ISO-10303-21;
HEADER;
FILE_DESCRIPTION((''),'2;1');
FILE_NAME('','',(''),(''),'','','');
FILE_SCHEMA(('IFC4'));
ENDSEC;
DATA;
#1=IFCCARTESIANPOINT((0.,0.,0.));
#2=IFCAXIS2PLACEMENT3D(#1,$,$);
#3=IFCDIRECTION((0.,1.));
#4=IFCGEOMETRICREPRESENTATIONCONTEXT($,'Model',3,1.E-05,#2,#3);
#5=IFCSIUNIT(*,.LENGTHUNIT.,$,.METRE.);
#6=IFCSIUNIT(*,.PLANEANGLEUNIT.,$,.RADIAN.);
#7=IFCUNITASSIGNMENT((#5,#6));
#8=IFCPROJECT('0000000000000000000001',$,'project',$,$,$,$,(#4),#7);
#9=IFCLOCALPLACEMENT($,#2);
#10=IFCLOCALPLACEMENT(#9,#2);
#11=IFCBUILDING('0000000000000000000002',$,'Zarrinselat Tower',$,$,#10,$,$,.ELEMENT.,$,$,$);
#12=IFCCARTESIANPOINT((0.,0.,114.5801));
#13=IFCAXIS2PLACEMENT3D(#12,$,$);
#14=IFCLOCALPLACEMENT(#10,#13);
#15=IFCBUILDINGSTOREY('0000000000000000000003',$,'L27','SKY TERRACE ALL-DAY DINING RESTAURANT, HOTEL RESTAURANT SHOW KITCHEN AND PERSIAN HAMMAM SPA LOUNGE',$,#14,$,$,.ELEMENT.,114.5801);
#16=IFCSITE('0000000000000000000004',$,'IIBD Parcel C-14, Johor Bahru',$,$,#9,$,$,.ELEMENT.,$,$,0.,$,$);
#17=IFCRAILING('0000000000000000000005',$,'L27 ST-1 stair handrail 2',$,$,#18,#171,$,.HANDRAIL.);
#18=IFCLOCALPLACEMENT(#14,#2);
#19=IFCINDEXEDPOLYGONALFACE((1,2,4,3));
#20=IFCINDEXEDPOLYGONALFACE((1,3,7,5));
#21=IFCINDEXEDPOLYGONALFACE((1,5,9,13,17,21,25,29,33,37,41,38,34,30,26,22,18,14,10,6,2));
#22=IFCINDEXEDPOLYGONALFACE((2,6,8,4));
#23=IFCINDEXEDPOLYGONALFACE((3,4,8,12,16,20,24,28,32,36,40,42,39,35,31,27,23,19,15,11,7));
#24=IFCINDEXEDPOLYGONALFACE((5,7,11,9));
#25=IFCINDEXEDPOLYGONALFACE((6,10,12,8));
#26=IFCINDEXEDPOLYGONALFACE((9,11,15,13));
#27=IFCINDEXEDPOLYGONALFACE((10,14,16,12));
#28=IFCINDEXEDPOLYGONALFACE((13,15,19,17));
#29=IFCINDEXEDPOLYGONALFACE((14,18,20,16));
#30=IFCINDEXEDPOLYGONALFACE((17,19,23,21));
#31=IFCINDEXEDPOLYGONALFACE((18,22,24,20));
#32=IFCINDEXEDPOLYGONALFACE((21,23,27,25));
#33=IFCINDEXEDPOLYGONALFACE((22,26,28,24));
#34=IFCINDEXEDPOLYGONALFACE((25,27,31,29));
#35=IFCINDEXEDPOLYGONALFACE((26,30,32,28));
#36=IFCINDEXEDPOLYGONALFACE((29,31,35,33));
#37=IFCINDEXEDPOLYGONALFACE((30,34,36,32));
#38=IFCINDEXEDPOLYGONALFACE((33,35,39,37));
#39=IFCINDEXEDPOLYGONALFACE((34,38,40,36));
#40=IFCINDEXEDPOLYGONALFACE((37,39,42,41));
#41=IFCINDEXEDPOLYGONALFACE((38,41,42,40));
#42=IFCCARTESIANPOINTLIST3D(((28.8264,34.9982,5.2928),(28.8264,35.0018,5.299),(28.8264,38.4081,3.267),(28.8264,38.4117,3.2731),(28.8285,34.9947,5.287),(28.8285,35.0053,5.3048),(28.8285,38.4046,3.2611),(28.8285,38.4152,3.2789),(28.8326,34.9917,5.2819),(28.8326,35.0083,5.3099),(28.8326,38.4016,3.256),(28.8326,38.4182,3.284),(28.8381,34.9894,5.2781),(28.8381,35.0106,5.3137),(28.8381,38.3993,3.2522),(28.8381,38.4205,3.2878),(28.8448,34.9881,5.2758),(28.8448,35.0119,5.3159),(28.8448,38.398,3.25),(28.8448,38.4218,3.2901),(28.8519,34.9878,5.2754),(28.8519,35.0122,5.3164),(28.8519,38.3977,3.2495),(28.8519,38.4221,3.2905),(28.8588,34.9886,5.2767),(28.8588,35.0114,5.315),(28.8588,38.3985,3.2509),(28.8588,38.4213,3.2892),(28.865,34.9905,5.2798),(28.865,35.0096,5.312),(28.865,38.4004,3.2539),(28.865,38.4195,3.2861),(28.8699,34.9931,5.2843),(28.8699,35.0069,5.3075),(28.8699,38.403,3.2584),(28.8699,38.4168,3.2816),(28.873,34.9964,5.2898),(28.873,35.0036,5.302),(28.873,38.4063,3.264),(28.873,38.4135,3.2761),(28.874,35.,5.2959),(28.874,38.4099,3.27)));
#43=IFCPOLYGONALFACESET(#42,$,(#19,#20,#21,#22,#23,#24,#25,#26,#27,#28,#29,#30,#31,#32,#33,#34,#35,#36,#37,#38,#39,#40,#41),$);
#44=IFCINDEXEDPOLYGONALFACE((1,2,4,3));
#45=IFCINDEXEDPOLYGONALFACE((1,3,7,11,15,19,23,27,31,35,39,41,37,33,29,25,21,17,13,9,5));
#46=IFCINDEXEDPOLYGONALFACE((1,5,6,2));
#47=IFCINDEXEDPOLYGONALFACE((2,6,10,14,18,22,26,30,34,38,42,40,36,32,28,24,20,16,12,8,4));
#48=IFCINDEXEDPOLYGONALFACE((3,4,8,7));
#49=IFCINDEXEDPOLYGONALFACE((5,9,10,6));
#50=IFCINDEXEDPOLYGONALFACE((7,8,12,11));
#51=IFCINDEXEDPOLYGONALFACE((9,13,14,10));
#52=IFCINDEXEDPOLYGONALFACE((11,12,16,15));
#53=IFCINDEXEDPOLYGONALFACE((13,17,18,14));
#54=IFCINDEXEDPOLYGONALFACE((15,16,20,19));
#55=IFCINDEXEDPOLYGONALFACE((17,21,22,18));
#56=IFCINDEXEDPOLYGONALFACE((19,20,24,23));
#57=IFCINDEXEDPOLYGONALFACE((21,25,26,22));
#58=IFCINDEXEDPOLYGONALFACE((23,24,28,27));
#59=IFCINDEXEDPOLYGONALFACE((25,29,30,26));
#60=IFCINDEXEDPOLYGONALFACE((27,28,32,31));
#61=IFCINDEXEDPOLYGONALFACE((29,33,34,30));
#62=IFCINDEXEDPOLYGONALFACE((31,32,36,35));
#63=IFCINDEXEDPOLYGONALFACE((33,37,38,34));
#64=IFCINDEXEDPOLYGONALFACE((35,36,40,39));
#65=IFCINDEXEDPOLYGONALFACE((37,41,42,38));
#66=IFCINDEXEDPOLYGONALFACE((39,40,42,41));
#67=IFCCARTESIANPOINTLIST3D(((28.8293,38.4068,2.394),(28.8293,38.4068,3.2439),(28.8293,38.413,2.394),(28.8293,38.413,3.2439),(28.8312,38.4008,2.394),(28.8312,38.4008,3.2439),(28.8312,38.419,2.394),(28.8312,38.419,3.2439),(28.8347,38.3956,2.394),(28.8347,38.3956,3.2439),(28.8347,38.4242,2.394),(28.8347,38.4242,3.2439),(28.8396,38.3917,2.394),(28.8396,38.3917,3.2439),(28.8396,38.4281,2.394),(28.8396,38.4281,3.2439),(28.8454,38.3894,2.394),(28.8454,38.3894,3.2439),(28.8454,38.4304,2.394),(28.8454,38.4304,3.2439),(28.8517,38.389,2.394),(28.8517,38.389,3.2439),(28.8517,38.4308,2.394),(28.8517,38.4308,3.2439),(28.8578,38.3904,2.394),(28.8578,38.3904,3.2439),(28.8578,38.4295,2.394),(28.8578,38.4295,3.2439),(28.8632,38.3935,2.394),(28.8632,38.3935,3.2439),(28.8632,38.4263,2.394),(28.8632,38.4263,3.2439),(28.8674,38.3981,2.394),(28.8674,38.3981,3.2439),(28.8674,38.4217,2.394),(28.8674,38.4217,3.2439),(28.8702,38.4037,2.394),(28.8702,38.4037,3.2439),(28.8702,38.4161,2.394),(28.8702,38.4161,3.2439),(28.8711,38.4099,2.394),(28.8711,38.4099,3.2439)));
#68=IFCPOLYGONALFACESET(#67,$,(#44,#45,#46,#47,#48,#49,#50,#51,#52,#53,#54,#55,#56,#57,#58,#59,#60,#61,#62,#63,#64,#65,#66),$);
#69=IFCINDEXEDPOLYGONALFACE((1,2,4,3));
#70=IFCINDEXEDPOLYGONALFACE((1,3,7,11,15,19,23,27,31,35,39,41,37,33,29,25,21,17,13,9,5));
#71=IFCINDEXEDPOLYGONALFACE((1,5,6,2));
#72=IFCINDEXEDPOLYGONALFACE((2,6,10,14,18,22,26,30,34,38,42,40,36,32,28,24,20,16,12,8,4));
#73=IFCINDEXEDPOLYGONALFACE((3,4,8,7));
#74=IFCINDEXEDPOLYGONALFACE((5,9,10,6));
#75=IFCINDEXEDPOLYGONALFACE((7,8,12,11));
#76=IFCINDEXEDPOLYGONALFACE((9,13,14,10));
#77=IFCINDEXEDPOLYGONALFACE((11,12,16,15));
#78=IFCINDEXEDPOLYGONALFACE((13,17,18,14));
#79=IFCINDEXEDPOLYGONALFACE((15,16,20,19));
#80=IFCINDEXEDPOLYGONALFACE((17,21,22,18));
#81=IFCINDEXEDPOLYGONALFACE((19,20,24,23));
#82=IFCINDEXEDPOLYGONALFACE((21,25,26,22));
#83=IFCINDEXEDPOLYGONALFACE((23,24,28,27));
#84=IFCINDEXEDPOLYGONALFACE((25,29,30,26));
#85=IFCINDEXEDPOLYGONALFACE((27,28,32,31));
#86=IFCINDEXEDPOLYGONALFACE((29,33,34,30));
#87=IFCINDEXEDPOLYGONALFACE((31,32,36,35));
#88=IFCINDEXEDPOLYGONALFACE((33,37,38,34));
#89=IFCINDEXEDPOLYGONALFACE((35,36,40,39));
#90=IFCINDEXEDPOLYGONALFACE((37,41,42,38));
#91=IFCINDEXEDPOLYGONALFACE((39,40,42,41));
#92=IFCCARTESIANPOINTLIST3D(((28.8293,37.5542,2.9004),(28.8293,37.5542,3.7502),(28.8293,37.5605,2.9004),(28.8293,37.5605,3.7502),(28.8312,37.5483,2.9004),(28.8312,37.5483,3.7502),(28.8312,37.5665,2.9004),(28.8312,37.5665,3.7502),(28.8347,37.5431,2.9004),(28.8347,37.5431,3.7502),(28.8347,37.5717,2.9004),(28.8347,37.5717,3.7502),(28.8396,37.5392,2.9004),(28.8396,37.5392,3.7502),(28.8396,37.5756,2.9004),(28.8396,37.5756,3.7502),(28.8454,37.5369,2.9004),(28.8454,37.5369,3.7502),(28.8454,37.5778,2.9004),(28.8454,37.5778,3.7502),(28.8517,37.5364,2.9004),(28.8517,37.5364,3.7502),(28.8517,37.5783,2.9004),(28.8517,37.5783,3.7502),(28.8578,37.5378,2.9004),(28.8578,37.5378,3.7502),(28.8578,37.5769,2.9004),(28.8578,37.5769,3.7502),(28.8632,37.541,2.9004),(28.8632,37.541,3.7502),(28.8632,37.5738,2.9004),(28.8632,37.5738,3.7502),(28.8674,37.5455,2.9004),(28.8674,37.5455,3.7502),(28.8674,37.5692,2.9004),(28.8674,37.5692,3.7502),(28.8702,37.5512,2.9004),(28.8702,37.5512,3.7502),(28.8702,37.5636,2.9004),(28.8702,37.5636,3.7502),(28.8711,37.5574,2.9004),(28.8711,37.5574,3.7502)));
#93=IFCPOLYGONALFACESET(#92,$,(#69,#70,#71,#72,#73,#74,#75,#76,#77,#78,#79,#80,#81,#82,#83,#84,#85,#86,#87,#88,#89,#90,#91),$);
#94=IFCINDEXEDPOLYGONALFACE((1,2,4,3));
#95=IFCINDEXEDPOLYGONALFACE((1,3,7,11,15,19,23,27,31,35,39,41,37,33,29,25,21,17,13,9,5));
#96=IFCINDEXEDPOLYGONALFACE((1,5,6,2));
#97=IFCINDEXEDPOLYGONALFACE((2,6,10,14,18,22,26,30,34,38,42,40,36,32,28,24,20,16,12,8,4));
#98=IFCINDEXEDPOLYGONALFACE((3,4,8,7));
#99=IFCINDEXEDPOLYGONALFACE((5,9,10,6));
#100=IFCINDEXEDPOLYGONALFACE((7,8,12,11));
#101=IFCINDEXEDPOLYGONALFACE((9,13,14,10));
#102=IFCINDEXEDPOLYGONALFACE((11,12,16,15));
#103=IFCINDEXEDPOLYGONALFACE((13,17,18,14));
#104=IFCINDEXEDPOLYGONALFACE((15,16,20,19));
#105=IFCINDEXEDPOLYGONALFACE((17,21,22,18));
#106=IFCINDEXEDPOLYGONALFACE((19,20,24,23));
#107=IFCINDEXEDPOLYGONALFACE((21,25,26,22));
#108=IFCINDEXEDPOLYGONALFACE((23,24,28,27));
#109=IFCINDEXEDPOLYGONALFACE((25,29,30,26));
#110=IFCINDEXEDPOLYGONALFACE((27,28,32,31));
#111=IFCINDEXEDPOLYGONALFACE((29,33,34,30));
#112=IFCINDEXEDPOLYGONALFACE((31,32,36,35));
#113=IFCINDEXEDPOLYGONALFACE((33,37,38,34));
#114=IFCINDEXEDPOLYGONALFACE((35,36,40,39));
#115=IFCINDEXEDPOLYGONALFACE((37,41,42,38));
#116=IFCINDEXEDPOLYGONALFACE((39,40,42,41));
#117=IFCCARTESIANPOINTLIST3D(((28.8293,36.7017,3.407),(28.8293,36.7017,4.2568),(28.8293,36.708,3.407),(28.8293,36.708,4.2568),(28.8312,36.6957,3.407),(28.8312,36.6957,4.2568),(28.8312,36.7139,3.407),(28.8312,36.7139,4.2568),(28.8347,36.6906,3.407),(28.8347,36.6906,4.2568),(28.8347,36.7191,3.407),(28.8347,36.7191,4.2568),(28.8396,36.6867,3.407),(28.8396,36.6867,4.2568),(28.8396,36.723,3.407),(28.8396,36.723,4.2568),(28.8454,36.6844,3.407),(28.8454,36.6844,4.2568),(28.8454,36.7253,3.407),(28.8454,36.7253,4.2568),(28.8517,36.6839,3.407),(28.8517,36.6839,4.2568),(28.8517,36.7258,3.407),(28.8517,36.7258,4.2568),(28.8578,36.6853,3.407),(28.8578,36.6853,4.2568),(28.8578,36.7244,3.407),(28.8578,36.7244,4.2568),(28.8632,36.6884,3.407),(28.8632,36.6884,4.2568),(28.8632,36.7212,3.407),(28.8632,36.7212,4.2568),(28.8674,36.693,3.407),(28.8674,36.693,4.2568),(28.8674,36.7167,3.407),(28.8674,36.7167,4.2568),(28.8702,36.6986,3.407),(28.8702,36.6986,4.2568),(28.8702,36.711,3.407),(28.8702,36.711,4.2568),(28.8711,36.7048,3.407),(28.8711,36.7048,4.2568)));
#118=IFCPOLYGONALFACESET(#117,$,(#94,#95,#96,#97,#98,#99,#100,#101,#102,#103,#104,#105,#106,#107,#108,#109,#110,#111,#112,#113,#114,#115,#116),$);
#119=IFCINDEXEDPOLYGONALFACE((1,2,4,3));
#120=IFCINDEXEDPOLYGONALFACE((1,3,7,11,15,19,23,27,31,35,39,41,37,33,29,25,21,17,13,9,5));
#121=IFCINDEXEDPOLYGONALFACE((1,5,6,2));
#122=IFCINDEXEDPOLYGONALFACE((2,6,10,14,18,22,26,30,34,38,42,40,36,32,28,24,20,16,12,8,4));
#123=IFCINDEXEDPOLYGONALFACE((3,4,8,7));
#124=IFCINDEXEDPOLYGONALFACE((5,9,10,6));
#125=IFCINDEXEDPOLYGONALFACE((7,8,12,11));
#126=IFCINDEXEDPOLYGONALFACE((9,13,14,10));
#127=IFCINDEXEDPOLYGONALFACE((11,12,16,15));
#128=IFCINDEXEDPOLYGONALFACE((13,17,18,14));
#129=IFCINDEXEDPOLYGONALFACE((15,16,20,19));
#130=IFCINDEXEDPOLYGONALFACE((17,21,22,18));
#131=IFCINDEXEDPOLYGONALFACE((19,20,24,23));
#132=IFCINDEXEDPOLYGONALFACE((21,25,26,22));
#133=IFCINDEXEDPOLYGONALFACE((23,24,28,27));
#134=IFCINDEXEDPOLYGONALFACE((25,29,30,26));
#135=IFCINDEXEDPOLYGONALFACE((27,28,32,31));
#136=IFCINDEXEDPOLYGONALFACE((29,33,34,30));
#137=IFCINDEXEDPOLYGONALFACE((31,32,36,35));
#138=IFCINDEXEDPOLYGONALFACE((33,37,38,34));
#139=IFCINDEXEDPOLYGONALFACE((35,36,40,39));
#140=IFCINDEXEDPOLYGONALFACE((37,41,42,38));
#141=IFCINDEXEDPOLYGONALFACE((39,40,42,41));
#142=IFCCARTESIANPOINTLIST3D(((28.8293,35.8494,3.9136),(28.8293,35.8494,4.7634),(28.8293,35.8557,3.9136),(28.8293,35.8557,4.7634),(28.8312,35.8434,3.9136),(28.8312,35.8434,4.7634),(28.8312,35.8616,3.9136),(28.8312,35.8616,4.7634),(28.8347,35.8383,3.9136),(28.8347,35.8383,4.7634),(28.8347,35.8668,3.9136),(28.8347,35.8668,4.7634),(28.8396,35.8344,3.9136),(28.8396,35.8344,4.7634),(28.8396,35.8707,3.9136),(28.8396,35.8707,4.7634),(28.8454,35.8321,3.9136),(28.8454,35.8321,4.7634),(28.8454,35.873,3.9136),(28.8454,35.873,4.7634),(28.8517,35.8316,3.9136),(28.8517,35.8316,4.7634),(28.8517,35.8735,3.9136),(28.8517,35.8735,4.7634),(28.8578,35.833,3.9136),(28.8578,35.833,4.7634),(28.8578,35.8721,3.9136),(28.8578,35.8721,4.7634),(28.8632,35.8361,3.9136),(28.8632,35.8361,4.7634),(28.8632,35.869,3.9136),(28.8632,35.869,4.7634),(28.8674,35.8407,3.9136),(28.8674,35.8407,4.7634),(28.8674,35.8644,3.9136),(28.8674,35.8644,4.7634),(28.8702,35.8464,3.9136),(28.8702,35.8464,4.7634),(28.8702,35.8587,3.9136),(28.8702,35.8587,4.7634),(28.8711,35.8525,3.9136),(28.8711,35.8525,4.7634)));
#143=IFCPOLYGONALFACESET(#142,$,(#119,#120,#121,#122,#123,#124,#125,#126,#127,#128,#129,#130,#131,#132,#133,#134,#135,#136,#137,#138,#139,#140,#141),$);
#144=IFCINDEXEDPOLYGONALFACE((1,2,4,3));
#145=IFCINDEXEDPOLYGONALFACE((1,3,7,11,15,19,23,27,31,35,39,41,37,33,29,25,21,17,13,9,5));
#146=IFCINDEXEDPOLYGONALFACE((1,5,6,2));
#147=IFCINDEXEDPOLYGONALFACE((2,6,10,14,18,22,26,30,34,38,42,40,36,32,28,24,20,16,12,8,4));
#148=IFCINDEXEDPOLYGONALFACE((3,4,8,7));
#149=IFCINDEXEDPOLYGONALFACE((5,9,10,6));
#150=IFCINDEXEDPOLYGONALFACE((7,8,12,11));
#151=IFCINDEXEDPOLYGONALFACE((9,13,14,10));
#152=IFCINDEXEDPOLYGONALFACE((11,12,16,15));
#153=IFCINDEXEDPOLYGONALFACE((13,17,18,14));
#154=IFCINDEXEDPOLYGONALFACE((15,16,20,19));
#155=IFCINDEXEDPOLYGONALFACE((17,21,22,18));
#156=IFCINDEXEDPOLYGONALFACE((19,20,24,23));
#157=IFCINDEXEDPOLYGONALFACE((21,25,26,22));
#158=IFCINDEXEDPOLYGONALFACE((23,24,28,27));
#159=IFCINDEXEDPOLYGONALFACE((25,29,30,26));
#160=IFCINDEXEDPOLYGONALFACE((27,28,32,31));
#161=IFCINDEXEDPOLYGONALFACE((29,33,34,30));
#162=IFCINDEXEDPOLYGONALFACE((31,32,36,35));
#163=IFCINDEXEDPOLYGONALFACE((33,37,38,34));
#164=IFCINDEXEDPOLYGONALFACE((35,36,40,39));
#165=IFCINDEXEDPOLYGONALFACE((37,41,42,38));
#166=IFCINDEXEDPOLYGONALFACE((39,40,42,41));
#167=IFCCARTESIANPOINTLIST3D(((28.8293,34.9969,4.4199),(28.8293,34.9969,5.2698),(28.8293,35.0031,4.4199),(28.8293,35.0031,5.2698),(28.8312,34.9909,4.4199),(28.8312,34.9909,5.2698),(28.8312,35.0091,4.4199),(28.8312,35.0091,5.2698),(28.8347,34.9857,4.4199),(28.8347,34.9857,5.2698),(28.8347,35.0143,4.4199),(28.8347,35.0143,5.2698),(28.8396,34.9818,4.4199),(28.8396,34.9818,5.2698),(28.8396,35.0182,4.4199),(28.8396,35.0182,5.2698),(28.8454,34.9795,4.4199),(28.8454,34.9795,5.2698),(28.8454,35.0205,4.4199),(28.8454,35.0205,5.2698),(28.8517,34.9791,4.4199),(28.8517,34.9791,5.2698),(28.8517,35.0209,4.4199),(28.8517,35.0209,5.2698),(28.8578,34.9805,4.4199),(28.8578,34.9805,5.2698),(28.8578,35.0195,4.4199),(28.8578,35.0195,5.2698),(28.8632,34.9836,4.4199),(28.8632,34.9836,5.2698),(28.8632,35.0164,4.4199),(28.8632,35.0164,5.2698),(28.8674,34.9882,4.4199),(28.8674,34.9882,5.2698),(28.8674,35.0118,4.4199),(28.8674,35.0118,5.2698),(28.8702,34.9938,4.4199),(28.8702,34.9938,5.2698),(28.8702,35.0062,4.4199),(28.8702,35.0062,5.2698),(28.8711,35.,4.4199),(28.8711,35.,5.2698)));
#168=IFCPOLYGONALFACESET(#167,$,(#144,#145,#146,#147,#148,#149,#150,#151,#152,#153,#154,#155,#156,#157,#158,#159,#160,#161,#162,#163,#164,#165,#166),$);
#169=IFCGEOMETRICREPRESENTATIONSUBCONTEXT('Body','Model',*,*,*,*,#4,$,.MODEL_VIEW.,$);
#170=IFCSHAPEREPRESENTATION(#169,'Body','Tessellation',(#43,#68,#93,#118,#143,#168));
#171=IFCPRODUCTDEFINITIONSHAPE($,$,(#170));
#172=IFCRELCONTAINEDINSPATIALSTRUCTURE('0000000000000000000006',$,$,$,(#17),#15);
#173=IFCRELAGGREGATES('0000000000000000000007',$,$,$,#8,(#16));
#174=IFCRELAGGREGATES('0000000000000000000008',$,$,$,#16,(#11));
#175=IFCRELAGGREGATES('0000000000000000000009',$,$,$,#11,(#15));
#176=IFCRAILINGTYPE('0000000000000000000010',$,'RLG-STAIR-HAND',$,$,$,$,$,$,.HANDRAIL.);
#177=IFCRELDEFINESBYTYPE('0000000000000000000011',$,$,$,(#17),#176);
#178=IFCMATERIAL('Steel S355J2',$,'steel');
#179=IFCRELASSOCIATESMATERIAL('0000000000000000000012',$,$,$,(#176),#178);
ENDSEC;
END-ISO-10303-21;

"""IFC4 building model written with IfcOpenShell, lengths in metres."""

from ifc_helpers import new_model, si_unit, direction, frame, origin, origin_2d, place, context, subcontext, project, spatial, circle, extrude, material, type_object, element, save


model = new_model("IFC4")

# Units and contexts
model_context = context("Model", 3, precision=1e-05, world=origin(), true_north=direction((0.0, 1.0)))
body_context = subcontext(model_context, "Body", "Model", "MODEL_VIEW")
ifc_project = project(units=[si_unit("LENGTHUNIT", "METRE"), si_unit("PLANEANGLEUNIT", "RADIAN")], contexts=[model_context])

# Site, building, storey
site_placement = place(None, origin())
site = spatial("IfcSite", under=ifc_project, at=site_placement, Name="IIBD Parcel C-14, Johor Bahru", CompositionType="ELEMENT", RefElevation=0.0)
building_placement = place(site_placement, origin())
building = spatial("IfcBuilding", under=site, at=building_placement, Name="Zarrinselat Tower", CompositionType="ELEMENT")
storey_placement = place(building_placement, frame((0.0, 0.0, 114.5801)))
storey = spatial("IfcBuildingStorey", under=building, at=storey_placement, Name="L27", Description="SKY TERRACE ALL-DAY DINING RESTAURANT, HOTEL RESTAURANT SHOW KITCHEN AND PERSIAN HAMMAM SPA LOUNGE", CompositionType="ELEMENT", Elevation=114.5801)

# Railing
ifc_material_1 = material(Name="Steel S355J2", Category="steel")
railing_type_1 = type_object("IfcRailingType", Name="RLG-STAIR-HAND", PredefinedType="HANDRAIL", material=ifc_material_1)
railing_1_placement = place(storey_placement, frame((28.8501, 38.4099, 2.394)))
element("IfcRailing", 1, at=railing_1_placement, inside=storey, type_object=railing_type_1, Name="L27 ST-1 stair handrail 2", PredefinedType="HANDRAIL", context=body_context, shape_type="SweptSolid", body=[
    extrude(circle(Radius=0.0239, at=origin_2d()), frame((0.0, 0.0, 0.876), z_axis=(0.0, -0.859717, 0.510771), x_axis=(1.0, 0.0, 0.0)), (0.0, 0.0, 1.0), 3.9663),
    extrude(circle(Radius=0.021, at=origin_2d()), origin(), (0.0, 0.0, 1.0), 0.8499),
    extrude(circle(Radius=0.021, at=origin_2d()), frame((0.0, -0.8525, 0.5063)), (0.0, 0.0, 1.0), 0.8499),
    extrude(circle(Radius=0.021, at=origin_2d()), frame((0.0, -1.7051, 1.0129)), (0.0, 0.0, 1.0), 0.8499),
    extrude(circle(Radius=0.021, at=origin_2d()), frame((0.0, -2.5574, 1.5195)), (0.0, 0.0, 1.0), 0.8499),
    extrude(circle(Radius=0.021, at=origin_2d()), frame((0.0, -3.4099, 2.0259)), (0.0, 0.0, 1.0), 0.8499),
])

save(model, "model.ifc")
